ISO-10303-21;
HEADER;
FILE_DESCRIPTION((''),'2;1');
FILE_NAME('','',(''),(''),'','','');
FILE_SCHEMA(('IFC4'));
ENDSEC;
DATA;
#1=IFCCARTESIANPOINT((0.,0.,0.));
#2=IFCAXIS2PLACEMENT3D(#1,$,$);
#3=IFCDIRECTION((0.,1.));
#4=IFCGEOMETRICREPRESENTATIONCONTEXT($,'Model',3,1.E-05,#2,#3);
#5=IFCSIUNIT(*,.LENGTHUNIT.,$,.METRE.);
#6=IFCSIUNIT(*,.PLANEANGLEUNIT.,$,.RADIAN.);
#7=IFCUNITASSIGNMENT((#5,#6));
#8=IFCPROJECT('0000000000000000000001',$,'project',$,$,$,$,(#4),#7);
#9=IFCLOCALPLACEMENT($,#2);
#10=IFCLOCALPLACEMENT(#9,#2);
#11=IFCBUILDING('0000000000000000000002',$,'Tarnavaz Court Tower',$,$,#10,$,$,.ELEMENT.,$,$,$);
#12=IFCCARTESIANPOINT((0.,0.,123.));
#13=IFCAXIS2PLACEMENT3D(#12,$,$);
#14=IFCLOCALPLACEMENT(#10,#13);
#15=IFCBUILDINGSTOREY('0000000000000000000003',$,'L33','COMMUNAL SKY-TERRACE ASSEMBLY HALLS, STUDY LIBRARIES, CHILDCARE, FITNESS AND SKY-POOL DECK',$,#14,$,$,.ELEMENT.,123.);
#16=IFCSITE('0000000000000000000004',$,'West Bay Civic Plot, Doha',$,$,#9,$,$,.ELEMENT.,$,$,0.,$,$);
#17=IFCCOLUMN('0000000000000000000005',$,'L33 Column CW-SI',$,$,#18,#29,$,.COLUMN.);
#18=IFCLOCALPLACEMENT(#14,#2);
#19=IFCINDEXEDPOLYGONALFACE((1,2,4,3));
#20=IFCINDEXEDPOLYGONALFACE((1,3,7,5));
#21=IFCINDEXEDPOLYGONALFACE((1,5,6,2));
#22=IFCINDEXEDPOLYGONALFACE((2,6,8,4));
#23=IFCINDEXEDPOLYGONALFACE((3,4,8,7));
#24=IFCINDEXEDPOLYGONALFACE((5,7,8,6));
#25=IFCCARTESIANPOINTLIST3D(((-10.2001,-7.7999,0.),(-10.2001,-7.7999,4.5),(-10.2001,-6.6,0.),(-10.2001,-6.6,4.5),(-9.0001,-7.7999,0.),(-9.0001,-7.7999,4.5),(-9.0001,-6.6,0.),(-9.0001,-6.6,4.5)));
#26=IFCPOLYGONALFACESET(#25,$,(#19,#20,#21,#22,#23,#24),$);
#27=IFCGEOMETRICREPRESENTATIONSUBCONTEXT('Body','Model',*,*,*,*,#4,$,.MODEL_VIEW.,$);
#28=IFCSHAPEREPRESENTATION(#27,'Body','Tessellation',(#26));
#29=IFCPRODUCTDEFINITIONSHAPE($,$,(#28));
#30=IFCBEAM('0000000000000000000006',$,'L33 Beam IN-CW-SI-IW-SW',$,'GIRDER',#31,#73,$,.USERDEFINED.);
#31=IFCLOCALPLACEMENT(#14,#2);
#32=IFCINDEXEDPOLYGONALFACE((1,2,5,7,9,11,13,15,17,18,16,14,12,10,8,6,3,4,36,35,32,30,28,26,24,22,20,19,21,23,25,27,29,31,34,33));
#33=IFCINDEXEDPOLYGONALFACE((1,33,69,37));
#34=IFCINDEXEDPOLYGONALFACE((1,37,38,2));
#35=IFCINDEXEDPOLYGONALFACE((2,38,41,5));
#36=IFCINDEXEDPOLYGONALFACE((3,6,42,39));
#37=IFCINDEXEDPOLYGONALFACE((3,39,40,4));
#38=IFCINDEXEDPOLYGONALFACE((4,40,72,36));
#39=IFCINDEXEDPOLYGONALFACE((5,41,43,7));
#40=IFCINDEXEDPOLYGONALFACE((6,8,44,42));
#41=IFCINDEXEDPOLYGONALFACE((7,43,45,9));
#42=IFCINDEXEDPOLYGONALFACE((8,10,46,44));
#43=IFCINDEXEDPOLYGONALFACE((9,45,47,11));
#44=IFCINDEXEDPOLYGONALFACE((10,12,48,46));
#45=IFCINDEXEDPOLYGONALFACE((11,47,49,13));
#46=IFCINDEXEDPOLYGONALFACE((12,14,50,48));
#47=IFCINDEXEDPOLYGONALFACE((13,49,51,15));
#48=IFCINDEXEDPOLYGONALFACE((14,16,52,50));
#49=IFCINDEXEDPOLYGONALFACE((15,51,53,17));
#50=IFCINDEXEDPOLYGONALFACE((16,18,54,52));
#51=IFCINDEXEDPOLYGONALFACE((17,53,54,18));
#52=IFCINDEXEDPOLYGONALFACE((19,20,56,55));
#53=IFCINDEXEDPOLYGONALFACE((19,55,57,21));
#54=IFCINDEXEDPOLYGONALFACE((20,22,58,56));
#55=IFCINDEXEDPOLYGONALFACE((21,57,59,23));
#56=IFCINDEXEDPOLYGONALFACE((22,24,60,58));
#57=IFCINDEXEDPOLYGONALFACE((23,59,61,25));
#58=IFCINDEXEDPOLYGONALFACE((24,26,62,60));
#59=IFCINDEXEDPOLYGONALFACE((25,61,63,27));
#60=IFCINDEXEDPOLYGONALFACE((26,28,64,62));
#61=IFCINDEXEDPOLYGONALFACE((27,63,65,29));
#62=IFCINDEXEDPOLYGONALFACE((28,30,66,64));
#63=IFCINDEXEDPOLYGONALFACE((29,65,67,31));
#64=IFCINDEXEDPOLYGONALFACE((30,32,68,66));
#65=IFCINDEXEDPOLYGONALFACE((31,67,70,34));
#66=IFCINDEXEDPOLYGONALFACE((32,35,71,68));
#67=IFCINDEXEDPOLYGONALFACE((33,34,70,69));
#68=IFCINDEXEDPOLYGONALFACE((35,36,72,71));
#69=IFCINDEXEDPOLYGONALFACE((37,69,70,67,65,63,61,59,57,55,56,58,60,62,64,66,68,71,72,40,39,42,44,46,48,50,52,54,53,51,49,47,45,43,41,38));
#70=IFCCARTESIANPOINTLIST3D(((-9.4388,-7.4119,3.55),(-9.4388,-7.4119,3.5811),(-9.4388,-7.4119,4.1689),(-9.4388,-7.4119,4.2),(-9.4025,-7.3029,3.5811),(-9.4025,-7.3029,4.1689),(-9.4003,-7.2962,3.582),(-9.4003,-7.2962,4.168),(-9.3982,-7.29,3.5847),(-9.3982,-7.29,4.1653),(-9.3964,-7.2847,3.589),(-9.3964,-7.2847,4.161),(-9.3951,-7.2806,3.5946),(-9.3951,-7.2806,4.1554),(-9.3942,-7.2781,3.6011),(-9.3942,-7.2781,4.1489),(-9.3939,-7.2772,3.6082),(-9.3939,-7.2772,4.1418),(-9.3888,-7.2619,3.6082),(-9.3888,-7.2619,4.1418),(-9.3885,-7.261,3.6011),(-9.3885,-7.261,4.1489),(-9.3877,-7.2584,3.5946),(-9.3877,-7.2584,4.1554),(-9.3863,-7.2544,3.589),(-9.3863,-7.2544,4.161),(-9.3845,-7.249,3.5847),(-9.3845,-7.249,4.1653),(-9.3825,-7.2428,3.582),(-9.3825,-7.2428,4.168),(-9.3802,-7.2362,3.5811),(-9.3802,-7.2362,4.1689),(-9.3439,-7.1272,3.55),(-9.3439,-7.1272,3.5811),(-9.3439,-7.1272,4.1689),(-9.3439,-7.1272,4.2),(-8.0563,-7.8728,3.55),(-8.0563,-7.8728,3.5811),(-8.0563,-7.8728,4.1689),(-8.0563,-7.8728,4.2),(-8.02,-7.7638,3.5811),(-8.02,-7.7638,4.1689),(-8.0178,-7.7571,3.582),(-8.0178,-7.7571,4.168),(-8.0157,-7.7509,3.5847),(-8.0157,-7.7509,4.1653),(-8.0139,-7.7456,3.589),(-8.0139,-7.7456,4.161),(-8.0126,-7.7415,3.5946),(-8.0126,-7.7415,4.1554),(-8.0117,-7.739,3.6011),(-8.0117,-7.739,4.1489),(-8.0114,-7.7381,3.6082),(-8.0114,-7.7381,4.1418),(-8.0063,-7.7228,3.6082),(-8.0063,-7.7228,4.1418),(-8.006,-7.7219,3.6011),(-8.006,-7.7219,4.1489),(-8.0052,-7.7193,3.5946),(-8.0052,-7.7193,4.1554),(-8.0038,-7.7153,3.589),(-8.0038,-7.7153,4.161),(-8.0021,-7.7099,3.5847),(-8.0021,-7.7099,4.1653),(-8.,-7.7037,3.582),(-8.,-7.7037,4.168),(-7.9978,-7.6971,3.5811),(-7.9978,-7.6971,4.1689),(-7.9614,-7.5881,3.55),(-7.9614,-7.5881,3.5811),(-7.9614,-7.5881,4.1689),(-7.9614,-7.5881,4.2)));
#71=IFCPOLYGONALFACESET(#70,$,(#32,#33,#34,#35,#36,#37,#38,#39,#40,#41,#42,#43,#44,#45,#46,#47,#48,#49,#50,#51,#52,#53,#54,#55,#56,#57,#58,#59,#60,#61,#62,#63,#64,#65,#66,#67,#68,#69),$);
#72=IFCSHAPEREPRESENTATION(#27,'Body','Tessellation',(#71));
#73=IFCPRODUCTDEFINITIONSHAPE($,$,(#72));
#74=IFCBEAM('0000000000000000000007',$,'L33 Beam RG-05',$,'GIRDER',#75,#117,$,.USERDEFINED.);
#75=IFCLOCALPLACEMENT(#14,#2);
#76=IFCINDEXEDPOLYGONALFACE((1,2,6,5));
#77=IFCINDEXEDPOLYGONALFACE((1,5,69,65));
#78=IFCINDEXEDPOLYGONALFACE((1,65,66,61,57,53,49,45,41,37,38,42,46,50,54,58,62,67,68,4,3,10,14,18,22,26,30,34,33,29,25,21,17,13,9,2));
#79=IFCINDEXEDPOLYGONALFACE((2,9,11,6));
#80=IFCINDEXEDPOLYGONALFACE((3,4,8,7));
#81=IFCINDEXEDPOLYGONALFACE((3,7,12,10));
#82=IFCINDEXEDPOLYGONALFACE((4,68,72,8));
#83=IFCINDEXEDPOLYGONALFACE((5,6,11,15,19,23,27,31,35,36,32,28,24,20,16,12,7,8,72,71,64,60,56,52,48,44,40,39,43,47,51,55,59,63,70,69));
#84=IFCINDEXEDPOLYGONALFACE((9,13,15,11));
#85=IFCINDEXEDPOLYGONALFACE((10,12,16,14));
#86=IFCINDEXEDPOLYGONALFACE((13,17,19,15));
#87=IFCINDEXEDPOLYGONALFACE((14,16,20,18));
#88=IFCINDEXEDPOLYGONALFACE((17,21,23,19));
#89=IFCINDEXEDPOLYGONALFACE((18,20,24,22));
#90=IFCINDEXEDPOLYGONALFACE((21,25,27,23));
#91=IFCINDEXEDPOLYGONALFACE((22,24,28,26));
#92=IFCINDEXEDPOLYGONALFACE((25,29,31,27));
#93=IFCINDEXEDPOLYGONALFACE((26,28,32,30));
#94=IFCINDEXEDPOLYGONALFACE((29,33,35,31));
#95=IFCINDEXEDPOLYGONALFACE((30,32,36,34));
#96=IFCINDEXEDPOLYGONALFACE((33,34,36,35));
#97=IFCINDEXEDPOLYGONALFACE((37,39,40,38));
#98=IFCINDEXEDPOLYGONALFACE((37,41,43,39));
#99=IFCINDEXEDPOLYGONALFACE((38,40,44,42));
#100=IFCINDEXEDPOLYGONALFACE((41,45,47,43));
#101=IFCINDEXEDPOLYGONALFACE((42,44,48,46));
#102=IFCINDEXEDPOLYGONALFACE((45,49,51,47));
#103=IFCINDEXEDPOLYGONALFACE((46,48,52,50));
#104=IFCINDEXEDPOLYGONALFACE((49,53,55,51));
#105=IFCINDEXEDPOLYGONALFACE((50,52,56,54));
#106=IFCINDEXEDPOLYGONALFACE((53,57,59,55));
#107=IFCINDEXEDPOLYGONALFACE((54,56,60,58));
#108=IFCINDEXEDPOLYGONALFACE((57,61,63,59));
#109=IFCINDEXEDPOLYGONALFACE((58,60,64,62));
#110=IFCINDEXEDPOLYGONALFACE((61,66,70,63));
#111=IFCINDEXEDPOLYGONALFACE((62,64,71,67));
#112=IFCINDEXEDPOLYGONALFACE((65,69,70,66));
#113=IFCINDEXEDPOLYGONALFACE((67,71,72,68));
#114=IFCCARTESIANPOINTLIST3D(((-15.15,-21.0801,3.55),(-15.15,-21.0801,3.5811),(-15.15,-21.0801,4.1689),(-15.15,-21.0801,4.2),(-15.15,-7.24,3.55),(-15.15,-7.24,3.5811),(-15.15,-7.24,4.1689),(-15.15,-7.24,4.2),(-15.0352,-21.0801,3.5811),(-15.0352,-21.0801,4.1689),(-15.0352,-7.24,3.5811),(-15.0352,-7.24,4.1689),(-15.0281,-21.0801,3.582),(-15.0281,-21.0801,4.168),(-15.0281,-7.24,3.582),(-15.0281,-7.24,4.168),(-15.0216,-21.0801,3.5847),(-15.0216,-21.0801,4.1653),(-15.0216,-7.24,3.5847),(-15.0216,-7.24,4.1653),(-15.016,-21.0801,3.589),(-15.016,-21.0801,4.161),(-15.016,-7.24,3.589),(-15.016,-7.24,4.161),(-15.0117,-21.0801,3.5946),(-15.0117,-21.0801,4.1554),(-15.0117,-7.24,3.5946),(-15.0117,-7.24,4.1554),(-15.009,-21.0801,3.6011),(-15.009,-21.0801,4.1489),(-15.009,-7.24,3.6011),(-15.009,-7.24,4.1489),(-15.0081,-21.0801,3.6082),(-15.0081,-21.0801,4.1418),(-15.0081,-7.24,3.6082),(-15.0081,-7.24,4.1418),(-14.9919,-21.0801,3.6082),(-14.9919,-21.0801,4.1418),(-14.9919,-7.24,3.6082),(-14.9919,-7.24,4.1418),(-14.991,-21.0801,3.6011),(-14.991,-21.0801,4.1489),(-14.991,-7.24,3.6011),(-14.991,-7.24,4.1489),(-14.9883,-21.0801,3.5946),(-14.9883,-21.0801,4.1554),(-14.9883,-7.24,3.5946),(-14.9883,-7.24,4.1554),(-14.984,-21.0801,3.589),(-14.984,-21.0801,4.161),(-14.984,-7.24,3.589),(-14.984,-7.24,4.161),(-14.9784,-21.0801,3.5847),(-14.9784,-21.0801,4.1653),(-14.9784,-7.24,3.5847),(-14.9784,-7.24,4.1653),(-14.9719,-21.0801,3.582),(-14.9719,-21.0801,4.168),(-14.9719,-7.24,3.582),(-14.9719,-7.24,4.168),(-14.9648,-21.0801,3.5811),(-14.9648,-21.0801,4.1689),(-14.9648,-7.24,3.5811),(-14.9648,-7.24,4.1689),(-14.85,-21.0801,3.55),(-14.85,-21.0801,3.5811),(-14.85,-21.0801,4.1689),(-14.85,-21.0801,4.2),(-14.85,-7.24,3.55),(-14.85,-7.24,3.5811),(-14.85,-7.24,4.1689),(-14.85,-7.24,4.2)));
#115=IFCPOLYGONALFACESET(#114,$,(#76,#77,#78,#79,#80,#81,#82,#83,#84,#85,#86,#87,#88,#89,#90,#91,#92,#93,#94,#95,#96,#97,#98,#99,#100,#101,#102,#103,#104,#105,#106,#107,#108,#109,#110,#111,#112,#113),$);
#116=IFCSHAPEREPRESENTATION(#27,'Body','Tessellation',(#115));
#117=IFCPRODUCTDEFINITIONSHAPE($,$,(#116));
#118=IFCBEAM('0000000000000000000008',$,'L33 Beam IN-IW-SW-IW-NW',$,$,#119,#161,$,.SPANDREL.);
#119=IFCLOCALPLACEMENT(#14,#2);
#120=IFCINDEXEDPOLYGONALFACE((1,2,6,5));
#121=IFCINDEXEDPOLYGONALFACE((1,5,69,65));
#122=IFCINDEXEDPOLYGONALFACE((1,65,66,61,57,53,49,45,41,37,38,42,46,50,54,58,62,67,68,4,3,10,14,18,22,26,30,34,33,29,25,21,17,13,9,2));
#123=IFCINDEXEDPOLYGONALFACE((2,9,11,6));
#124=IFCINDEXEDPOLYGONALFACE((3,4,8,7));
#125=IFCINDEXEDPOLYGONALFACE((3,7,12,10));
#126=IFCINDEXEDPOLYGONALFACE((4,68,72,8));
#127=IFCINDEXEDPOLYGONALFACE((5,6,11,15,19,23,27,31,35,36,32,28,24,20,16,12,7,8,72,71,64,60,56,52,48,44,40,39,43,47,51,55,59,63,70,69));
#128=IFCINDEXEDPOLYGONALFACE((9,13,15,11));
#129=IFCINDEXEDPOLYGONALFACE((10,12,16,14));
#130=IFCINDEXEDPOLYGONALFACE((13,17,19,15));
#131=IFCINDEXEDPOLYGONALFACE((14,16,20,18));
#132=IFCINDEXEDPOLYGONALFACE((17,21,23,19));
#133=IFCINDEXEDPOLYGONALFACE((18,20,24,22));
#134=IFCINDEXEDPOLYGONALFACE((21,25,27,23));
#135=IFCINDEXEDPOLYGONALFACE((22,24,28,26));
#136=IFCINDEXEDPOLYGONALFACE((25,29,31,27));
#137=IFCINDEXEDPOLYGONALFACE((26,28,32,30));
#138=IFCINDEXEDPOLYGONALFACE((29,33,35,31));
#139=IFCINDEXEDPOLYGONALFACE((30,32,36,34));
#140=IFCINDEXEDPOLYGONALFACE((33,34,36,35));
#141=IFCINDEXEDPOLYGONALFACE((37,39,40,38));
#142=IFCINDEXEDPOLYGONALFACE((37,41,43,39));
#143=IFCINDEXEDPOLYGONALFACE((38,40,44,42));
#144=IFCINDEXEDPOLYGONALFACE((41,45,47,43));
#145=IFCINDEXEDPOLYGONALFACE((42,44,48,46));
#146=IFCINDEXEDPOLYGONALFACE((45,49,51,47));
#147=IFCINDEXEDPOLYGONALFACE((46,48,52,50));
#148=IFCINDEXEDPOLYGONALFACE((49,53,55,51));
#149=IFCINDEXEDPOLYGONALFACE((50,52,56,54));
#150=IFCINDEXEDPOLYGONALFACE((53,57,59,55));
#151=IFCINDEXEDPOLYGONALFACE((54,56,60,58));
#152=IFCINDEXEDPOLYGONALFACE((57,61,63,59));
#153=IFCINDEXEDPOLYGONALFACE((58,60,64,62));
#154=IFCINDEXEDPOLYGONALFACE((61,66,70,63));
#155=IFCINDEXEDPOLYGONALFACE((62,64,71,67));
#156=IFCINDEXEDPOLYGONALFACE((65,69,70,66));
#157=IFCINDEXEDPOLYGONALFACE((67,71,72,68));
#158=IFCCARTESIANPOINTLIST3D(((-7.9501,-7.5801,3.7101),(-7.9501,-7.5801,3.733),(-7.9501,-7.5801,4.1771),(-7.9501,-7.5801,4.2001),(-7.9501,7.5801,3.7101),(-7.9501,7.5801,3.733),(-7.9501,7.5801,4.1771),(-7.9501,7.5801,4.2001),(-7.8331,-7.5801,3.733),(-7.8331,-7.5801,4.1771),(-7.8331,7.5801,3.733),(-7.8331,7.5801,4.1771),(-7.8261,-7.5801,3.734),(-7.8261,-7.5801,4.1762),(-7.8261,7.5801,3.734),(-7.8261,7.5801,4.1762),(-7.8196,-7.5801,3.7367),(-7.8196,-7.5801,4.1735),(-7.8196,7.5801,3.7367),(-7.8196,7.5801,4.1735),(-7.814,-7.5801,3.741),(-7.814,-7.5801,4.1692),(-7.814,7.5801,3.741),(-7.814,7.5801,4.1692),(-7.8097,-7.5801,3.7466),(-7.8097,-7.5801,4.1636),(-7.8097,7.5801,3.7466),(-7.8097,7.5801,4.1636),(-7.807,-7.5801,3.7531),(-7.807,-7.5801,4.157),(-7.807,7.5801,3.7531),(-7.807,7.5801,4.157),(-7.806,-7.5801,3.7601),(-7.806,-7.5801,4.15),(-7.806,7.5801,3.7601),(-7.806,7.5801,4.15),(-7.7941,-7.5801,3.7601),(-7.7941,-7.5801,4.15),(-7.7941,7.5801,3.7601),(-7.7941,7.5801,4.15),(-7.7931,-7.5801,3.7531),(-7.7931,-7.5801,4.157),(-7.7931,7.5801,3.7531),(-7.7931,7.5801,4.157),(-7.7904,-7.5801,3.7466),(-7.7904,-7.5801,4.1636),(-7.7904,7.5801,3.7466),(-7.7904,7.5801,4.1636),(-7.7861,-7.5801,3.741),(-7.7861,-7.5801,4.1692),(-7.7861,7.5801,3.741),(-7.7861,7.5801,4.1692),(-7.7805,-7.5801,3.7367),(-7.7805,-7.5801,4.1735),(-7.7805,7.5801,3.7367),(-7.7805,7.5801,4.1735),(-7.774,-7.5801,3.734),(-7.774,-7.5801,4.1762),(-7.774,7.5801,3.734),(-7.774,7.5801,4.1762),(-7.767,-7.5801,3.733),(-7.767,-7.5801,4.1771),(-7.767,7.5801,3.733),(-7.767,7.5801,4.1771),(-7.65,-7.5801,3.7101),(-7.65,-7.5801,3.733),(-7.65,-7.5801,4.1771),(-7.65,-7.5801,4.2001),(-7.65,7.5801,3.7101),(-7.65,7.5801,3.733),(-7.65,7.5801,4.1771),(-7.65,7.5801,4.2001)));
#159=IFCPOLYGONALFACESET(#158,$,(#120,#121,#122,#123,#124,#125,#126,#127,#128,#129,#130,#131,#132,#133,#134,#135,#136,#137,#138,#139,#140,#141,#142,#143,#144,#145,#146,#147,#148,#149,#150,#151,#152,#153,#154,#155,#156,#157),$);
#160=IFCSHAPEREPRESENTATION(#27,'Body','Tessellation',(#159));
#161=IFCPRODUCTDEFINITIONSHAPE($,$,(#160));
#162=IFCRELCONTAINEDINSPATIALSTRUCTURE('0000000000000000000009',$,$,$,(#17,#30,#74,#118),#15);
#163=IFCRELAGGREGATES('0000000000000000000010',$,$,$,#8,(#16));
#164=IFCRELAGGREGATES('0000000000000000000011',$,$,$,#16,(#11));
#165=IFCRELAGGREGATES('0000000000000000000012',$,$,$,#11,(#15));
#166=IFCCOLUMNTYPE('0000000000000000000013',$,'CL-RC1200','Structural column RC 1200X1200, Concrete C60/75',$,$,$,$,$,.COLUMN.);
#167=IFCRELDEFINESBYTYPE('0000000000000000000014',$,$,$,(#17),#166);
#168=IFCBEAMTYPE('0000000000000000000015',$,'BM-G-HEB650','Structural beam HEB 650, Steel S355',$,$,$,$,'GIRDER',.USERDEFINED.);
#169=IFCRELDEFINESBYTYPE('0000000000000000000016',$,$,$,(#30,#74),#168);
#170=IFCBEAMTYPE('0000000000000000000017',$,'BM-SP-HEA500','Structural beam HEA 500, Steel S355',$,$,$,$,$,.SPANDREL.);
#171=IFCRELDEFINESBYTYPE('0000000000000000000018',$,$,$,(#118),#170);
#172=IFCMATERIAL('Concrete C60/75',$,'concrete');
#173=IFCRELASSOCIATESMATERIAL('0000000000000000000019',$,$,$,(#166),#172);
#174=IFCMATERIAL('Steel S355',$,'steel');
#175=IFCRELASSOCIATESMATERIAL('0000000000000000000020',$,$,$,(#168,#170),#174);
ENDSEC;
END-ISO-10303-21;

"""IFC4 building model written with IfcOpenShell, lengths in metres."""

from ifc_helpers import new_model, si_unit, direction, frame, origin, origin_2d, place, context, subcontext, project, spatial, rectangle, i_section, extrude, material, material_profile, profile_set, type_object, element, save


model = new_model("IFC4")

# Units and contexts
model_context = context("Model", 3, precision=1e-05, world=origin(), true_north=direction((0.0, 1.0)))
body_context = subcontext(model_context, "Body", "Model", "MODEL_VIEW")
ifc_project = project(units=[si_unit("LENGTHUNIT", "METRE"), si_unit("PLANEANGLEUNIT", "RADIAN")], contexts=[model_context])

# Site, building, storey
site_placement = place(None, origin())
site = spatial("IfcSite", under=ifc_project, at=site_placement, Name="West Bay Civic Plot, Doha", CompositionType="ELEMENT", RefElevation=0.0)
building_placement = place(site_placement, origin())
building = spatial("IfcBuilding", under=site, at=building_placement, Name="Tarnavaz Court Tower", CompositionType="ELEMENT")
storey_placement = place(building_placement, frame((0.0, 0.0, 123.0)))
storey = spatial("IfcBuildingStorey", under=building, at=storey_placement, Name="L33", Description="COMMUNAL SKY-TERRACE ASSEMBLY HALLS, STUDY LIBRARIES, CHILDCARE, FITNESS AND SKY-POOL DECK", CompositionType="ELEMENT", Elevation=123.0)

# Column
ifc_material_1 = material(Name="Concrete C60/75", Category="concrete")
ifc_material_profile_1 = material_profile(ifc_material_1, rectangle(XDim=1.2, YDim=1.2, at=origin_2d()), Name="RC 1200X1200")
ifc_profile_set_1 = profile_set([ifc_material_profile_1], Name="Concrete C60/75")
column_type = type_object("IfcColumnType", Name="CL-RC1200", Description="Structural column RC 1200X1200, Concrete C60/75", PredefinedType="COLUMN", material=ifc_profile_set_1)
column_placement = place(storey_placement, frame((-9.6001, -7.2, 0.0), z_axis=(0.0, 0.0, 1.0), x_axis=(1.0, 0.0, 0.0)))
element("IfcColumn", 1, at=column_placement, inside=storey, type_object=column_type, Name="L33 Column CW-SI", PredefinedType="COLUMN", context=body_context, shape_type="SweptSolid", body=[
    extrude(rectangle(XDim=1.2, YDim=1.2, at=origin_2d()), origin(), (0.0, 0.0, 1.0), 4.5),
])

# Beams
ifc_material_2 = material(Name="Steel S355", Category="steel")
ifc_material_profile_2 = material_profile(ifc_material_2, i_section(OverallWidth=0.3, OverallDepth=0.6499, WebThickness=0.0161, FlangeThickness=0.031, FilletRadius=0.0271, at=origin_2d()), Name="HEB 650")
ifc_profile_set_2 = profile_set([ifc_material_profile_2], Name="Steel S355")
beam_type_1 = type_object("IfcBeamType", Name="BM-G-HEB650", Description="Structural beam HEB 650, Steel S355", ElementType="GIRDER", PredefinedType="USERDEFINED", material=ifc_profile_set_2)
beam_1_placement = place(storey_placement, frame((-9.3914, -7.2695, 3.875), z_axis=(0.948667, -0.316278, 0.0), x_axis=(0.316278, 0.948667, 0.0)))
element("IfcBeam", 2, at=beam_1_placement, inside=storey, type_object=beam_type_1, Name="L33 Beam IN-CW-SI-IW-SW", ObjectType="GIRDER", PredefinedType="USERDEFINED", context=body_context, shape_type="SweptSolid", body=[
    extrude(i_section(OverallWidth=0.3, OverallDepth=0.6499, WebThickness=0.0161, FlangeThickness=0.031, FilletRadius=0.0271, at=origin_2d()), origin(), (0.0, 0.0, 1.0), 1.4573),
])
beam_2_placement = place(storey_placement, frame((-15.0, -7.24, 3.875), z_axis=(0.0, -1.0, 0.0), x_axis=(1.0, 0.0, 0.0)))
element("IfcBeam", 3, at=beam_2_placement, inside=storey, type_object=beam_type_1, Name="L33 Beam RG-05", ObjectType="GIRDER", PredefinedType="USERDEFINED", context=body_context, shape_type="SweptSolid", body=[
    extrude(i_section(OverallWidth=0.3, OverallDepth=0.6499, WebThickness=0.0161, FlangeThickness=0.031, FilletRadius=0.0271, at=origin_2d()), origin(), (0.0, 0.0, 1.0), 13.8401),
])
ifc_material_profile_3 = material_profile(ifc_material_2, i_section(OverallWidth=0.3, OverallDepth=0.49, WebThickness=0.012, FlangeThickness=0.0229, FilletRadius=0.0271, at=origin_2d()), Name="HEA 500")
ifc_profile_set_3 = profile_set([ifc_material_profile_3], Name="Steel S355")
beam_type_2 = type_object("IfcBeamType", Name="BM-SP-HEA500", Description="Structural beam HEA 500, Steel S355", PredefinedType="SPANDREL", material=ifc_profile_set_3)
beam_3_placement = place(storey_placement, frame((-7.8, -7.5801, 3.9551), z_axis=(0.0, 1.0, 0.0), x_axis=(-1.0, 0.0, 0.0)))
element("IfcBeam", 4, at=beam_3_placement, inside=storey, type_object=beam_type_2, Name="L33 Beam IN-IW-SW-IW-NW", PredefinedType="SPANDREL", context=body_context, shape_type="SweptSolid", body=[
    extrude(i_section(OverallWidth=0.3, OverallDepth=0.49, WebThickness=0.012, FlangeThickness=0.0229, FilletRadius=0.0271, at=origin_2d()), origin(), (0.0, 0.0, 1.0), 15.1602),
])

save(model, "model.ifc")
